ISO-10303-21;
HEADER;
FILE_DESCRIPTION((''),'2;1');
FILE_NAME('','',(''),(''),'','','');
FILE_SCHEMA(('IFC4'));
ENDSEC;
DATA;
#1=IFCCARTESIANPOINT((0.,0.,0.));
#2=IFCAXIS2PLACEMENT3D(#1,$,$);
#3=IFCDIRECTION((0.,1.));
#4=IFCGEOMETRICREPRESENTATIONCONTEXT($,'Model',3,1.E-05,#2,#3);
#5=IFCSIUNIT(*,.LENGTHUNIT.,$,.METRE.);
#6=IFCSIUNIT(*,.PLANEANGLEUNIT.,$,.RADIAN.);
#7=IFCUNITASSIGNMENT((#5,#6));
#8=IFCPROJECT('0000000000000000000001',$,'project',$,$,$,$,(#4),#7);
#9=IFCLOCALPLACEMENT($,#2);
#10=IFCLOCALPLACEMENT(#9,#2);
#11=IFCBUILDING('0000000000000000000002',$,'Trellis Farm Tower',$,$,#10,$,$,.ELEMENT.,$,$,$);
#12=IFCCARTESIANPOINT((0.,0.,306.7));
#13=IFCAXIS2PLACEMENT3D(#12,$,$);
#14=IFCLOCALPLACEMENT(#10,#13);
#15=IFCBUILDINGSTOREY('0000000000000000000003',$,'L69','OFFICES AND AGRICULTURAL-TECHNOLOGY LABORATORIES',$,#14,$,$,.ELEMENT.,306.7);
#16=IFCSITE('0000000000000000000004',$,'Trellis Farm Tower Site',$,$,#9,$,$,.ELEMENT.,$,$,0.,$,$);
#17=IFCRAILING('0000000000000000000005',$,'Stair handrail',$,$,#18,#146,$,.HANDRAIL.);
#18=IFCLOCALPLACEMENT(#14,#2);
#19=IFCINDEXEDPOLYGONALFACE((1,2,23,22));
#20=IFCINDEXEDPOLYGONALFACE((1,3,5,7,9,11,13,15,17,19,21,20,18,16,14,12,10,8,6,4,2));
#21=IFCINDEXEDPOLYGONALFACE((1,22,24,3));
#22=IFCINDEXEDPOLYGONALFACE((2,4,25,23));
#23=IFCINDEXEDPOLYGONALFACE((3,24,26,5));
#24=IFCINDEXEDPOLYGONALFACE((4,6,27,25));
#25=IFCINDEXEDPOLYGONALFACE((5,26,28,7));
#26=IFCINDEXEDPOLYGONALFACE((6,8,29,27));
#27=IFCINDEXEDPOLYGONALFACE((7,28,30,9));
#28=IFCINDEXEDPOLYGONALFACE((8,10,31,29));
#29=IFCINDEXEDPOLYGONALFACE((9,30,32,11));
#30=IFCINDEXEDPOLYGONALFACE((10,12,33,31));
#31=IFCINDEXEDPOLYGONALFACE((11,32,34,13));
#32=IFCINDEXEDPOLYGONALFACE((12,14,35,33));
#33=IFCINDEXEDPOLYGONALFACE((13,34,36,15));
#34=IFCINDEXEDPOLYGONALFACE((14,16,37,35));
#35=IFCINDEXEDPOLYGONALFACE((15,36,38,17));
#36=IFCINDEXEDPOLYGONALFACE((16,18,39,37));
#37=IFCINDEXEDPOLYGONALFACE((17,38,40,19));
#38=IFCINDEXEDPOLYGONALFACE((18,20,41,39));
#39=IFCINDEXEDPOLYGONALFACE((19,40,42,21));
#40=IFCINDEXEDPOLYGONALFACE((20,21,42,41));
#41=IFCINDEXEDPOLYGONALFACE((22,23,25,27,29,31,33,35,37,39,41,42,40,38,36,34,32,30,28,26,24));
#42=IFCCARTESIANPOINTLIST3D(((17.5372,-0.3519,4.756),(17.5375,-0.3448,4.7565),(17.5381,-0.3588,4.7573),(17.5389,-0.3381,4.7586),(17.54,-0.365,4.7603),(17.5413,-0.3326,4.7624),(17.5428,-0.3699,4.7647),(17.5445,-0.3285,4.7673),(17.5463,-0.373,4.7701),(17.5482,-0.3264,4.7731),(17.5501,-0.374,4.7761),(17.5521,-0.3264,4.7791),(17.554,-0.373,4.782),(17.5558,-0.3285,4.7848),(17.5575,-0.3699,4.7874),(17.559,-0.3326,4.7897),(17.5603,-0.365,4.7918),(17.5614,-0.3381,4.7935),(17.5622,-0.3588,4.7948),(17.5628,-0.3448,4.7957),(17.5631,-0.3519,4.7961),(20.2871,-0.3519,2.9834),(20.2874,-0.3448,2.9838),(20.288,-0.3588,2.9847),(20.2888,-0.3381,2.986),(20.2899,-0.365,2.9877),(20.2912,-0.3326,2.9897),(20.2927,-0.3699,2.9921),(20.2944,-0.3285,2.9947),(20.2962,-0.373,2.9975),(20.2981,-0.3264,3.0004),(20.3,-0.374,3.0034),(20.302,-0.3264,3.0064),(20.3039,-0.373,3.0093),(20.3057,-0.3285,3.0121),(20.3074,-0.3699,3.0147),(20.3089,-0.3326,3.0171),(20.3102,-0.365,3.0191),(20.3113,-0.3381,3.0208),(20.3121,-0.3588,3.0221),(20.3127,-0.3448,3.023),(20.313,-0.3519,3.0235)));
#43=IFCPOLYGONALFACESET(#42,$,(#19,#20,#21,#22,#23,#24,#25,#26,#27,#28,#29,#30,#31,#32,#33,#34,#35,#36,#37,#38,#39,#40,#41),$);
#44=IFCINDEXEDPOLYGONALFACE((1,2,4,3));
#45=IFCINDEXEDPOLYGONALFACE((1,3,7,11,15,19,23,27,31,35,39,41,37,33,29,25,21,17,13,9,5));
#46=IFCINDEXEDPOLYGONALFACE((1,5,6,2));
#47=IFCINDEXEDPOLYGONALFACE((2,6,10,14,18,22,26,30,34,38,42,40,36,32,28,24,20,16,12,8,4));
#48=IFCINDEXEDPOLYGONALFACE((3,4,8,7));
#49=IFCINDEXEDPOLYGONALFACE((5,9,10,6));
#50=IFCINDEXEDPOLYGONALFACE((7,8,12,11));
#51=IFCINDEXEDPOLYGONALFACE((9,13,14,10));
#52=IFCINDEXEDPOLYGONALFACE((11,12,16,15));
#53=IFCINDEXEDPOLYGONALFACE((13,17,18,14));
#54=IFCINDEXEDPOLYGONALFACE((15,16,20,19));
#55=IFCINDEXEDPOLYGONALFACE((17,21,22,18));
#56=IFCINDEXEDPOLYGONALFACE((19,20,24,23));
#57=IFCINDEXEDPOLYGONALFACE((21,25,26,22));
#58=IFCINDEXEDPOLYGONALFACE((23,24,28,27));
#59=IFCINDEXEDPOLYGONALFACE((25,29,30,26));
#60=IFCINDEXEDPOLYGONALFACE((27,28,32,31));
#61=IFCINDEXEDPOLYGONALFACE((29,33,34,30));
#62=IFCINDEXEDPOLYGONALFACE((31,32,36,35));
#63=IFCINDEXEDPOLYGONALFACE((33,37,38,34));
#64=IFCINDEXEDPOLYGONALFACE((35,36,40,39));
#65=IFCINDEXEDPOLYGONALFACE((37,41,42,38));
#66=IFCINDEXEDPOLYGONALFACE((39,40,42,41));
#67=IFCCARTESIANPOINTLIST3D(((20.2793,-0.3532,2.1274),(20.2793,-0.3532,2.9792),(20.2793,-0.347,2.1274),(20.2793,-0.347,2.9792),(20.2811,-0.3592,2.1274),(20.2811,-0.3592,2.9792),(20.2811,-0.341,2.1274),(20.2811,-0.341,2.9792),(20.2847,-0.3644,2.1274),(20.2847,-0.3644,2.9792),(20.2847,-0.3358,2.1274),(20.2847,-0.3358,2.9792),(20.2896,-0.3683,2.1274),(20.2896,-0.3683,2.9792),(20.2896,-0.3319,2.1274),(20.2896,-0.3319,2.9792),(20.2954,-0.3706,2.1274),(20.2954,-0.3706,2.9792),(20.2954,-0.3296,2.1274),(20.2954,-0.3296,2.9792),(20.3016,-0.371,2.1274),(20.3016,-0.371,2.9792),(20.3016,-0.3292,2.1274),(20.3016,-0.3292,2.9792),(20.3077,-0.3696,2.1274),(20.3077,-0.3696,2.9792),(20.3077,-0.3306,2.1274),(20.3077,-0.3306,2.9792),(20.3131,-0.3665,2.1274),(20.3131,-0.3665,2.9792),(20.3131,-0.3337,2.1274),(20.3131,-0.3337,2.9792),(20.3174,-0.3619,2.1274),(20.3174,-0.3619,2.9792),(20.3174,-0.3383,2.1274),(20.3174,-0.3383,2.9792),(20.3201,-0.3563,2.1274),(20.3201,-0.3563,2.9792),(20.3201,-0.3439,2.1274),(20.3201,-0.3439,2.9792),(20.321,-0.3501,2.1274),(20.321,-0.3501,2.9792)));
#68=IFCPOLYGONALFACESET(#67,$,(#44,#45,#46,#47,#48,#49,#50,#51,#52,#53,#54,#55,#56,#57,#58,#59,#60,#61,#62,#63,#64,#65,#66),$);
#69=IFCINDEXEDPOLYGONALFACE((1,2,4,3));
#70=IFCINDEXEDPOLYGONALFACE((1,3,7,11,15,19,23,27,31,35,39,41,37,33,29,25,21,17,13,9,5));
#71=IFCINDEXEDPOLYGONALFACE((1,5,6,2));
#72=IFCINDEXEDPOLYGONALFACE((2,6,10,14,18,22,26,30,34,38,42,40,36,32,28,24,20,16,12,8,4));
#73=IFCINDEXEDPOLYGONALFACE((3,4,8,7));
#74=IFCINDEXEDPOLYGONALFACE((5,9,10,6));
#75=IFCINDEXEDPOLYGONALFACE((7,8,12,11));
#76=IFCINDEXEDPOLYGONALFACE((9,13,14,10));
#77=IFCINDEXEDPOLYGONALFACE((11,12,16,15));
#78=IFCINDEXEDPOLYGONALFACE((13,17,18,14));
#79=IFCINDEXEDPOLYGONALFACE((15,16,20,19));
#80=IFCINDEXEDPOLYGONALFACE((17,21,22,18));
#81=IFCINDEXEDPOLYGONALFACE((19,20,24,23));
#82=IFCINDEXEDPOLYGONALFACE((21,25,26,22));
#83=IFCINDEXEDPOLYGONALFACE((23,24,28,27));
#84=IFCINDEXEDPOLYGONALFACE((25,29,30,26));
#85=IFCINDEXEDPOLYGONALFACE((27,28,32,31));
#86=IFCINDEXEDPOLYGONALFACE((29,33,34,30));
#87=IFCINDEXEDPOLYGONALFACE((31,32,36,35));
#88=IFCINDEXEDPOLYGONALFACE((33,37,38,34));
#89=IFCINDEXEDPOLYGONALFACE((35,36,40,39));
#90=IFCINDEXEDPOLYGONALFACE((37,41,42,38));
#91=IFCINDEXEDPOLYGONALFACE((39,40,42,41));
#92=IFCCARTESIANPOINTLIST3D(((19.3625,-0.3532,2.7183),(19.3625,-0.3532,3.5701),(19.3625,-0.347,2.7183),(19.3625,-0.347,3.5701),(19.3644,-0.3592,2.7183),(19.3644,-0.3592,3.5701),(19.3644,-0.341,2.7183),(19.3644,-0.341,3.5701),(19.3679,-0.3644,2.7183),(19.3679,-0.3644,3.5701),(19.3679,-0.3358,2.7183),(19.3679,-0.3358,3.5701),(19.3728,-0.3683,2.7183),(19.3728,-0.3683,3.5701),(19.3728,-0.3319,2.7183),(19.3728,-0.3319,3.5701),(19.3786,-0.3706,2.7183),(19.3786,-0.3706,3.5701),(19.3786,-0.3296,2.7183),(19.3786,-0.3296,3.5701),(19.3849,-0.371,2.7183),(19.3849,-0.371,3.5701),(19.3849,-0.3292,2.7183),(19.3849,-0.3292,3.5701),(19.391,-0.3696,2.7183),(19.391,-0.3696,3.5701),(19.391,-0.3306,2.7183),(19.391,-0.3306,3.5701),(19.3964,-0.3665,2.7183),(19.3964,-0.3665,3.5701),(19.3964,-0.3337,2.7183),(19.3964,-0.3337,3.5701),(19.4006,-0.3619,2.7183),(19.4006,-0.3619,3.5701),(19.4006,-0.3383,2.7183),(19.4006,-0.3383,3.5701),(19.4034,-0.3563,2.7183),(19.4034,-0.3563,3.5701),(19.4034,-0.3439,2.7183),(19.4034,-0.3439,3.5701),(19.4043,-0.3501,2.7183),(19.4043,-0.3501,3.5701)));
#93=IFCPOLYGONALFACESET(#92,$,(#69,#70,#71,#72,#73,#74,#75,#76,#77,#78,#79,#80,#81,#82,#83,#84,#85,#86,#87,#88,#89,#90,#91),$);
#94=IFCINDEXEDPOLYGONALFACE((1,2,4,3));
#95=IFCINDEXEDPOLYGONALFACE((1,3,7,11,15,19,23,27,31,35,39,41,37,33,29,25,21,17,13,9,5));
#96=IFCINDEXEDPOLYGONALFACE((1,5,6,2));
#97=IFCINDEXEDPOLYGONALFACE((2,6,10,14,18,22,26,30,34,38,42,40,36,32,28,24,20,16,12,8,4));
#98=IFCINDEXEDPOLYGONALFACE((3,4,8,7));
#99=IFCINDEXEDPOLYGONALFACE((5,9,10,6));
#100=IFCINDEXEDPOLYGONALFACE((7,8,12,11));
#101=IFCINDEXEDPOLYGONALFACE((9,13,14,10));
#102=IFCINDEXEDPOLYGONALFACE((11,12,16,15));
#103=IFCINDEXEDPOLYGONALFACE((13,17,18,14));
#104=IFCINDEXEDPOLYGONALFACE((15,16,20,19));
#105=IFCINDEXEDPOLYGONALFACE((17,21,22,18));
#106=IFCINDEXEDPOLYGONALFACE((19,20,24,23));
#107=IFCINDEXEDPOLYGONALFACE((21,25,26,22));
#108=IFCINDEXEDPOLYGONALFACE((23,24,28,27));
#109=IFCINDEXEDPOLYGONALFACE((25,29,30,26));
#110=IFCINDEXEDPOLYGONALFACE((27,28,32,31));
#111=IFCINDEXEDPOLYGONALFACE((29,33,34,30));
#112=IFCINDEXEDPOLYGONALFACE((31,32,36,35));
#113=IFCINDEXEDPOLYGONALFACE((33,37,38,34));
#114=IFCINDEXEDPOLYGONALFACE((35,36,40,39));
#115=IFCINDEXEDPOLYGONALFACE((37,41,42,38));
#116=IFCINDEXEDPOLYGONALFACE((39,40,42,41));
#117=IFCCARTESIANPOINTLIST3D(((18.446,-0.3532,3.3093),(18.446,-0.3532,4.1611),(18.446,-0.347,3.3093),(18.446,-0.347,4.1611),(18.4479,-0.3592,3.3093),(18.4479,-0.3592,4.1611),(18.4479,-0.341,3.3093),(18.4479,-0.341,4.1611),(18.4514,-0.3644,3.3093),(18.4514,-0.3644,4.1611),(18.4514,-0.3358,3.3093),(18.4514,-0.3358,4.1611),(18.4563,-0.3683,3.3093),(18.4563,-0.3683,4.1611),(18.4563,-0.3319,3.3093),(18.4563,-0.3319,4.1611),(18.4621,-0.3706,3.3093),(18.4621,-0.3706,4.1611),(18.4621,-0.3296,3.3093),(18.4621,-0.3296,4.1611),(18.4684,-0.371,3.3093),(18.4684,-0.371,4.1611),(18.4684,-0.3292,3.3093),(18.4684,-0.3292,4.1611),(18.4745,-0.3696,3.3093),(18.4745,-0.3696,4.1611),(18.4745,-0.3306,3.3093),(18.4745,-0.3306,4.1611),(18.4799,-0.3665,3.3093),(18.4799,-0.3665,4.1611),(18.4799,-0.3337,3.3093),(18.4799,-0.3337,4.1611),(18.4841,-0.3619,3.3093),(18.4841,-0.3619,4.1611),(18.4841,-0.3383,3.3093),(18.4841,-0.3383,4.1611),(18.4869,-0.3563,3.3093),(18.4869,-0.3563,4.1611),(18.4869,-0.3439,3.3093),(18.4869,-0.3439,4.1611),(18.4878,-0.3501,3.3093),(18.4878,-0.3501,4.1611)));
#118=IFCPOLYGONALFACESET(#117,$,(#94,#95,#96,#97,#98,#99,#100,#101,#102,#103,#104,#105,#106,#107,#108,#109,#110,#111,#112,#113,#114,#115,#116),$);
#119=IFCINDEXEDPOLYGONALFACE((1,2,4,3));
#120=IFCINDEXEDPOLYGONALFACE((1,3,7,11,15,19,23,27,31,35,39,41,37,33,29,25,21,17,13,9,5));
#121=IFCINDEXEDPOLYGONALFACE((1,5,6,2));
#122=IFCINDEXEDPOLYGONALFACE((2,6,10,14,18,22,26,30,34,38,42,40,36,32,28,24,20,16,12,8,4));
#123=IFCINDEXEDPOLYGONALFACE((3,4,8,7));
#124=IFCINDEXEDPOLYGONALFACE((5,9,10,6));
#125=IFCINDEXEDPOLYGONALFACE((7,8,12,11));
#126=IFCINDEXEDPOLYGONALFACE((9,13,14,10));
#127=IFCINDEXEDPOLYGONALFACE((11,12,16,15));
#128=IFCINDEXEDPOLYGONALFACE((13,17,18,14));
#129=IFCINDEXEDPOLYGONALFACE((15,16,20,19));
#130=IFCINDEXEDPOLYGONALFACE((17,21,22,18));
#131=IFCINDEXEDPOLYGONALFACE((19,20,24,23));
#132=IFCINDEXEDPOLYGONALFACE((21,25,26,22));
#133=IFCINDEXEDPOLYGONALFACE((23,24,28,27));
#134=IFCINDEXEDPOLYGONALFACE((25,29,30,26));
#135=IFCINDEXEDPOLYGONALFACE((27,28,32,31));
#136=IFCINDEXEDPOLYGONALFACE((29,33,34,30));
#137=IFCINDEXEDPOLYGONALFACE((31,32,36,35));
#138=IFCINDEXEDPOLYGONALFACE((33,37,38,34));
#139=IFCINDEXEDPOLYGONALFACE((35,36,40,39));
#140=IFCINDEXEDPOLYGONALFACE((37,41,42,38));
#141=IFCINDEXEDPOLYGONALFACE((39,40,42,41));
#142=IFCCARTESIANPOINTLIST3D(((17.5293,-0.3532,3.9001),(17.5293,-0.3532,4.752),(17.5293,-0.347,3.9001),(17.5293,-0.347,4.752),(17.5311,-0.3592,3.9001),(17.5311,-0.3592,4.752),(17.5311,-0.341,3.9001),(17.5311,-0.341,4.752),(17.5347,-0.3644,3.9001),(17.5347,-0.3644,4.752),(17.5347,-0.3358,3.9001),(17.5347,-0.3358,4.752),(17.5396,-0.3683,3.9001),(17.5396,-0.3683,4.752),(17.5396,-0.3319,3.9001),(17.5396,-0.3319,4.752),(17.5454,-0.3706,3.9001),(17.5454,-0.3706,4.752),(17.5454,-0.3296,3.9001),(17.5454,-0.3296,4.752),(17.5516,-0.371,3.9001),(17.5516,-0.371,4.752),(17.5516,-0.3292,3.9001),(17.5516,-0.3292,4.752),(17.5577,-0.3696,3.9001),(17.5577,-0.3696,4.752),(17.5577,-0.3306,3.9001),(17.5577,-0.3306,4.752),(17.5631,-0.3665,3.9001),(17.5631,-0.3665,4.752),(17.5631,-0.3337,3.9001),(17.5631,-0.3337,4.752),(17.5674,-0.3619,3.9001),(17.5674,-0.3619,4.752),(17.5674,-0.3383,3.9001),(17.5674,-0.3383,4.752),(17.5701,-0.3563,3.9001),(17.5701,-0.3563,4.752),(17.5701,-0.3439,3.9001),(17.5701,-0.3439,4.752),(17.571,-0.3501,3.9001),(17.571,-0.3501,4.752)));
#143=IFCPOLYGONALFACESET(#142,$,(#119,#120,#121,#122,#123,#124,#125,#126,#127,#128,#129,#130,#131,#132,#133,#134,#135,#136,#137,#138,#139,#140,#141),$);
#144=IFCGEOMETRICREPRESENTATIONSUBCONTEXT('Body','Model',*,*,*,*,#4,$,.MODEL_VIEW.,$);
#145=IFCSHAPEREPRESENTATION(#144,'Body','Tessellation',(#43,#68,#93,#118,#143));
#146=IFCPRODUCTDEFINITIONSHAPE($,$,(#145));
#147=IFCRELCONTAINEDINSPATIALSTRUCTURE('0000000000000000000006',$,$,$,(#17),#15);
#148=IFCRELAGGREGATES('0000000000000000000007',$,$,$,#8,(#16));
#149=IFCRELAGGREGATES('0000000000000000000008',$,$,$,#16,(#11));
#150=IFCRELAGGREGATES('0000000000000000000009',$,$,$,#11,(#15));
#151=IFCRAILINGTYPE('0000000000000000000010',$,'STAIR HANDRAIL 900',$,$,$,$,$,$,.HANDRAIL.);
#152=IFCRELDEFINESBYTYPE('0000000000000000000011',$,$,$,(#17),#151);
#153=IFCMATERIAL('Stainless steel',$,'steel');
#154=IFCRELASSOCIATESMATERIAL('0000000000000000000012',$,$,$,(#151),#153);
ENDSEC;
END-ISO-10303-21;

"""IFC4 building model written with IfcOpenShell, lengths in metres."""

from ifc_helpers import new_model, si_unit, direction, frame, origin, origin_2d, place, context, subcontext, project, spatial, circle, extrude, source, transform, mapped, material, type_object, element, save


model = new_model("IFC4")

# Units and contexts
model_context = context("Model", 3, precision=1e-05, world=origin(), true_north=direction((0.0, 1.0)))
body_context = subcontext(model_context, "Body", "Model", "MODEL_VIEW")
ifc_project = project(units=[si_unit("LENGTHUNIT", "METRE"), si_unit("PLANEANGLEUNIT", "RADIAN")], contexts=[model_context])

# Site, building, storey
site_placement = place(None, origin())
site = spatial("IfcSite", under=ifc_project, at=site_placement, Name="Trellis Farm Tower Site", CompositionType="ELEMENT", RefElevation=0.0)
building_placement = place(site_placement, origin())
building = spatial("IfcBuilding", under=site, at=building_placement, Name="Trellis Farm Tower", CompositionType="ELEMENT")
storey_placement = place(building_placement, frame((0.0, 0.0, 306.7)))
storey = spatial("IfcBuildingStorey", under=building, at=storey_placement, Name="L69", Description="OFFICES AND AGRICULTURAL-TECHNOLOGY LABORATORIES", CompositionType="ELEMENT", Elevation=306.7)

# Railing
ifc_material_1 = material(Name="Stainless steel", Category="steel")
railing_type = type_object("IfcRailingType", Name="STAIR HANDRAIL 900", PredefinedType="HANDRAIL", material=ifc_material_1)
shared_shape_1 = source(origin(), body_context, "Body", "SweptSolid", [
    extrude(circle(Radius=0.0239, at=origin_2d()), frame((0.0, 0.0, 0.876), z_axis=(-0.840504, 0.0, 0.541806), x_axis=(0.0, -1.0, 0.0)), (0.0, 0.0, 1.0), 3.2717),
    extrude(circle(Radius=0.021, at=origin_2d()), origin(), (0.0, 0.0, 1.0), 0.8518),
    extrude(circle(Radius=0.021, at=origin_2d()), frame((-0.9167, 0.0, 0.5908)), (0.0, 0.0, 1.0), 0.8518),
    extrude(circle(Radius=0.021, at=origin_2d()), frame((-1.8333, 0.0, 1.1819)), (0.0, 0.0, 1.0), 0.8518),
    extrude(circle(Radius=0.021, at=origin_2d()), frame((-2.75, 0.0, 1.7727)), (0.0, 0.0, 1.0), 0.8518),
])
for number, where, name in (
    (1, (20.3, -0.3501, 2.1274), "Stair handrail"),
):
    element("IfcRailing", number, at=place(storey_placement, frame(where)), inside=storey, type_object=railing_type, Name=name, PredefinedType="HANDRAIL", context=body_context, shape_type="MappedRepresentation", body=[
        mapped(shared_shape_1, transform((0.0, 0.0, 0.0))),
    ])

save(model, "model.ifc")
